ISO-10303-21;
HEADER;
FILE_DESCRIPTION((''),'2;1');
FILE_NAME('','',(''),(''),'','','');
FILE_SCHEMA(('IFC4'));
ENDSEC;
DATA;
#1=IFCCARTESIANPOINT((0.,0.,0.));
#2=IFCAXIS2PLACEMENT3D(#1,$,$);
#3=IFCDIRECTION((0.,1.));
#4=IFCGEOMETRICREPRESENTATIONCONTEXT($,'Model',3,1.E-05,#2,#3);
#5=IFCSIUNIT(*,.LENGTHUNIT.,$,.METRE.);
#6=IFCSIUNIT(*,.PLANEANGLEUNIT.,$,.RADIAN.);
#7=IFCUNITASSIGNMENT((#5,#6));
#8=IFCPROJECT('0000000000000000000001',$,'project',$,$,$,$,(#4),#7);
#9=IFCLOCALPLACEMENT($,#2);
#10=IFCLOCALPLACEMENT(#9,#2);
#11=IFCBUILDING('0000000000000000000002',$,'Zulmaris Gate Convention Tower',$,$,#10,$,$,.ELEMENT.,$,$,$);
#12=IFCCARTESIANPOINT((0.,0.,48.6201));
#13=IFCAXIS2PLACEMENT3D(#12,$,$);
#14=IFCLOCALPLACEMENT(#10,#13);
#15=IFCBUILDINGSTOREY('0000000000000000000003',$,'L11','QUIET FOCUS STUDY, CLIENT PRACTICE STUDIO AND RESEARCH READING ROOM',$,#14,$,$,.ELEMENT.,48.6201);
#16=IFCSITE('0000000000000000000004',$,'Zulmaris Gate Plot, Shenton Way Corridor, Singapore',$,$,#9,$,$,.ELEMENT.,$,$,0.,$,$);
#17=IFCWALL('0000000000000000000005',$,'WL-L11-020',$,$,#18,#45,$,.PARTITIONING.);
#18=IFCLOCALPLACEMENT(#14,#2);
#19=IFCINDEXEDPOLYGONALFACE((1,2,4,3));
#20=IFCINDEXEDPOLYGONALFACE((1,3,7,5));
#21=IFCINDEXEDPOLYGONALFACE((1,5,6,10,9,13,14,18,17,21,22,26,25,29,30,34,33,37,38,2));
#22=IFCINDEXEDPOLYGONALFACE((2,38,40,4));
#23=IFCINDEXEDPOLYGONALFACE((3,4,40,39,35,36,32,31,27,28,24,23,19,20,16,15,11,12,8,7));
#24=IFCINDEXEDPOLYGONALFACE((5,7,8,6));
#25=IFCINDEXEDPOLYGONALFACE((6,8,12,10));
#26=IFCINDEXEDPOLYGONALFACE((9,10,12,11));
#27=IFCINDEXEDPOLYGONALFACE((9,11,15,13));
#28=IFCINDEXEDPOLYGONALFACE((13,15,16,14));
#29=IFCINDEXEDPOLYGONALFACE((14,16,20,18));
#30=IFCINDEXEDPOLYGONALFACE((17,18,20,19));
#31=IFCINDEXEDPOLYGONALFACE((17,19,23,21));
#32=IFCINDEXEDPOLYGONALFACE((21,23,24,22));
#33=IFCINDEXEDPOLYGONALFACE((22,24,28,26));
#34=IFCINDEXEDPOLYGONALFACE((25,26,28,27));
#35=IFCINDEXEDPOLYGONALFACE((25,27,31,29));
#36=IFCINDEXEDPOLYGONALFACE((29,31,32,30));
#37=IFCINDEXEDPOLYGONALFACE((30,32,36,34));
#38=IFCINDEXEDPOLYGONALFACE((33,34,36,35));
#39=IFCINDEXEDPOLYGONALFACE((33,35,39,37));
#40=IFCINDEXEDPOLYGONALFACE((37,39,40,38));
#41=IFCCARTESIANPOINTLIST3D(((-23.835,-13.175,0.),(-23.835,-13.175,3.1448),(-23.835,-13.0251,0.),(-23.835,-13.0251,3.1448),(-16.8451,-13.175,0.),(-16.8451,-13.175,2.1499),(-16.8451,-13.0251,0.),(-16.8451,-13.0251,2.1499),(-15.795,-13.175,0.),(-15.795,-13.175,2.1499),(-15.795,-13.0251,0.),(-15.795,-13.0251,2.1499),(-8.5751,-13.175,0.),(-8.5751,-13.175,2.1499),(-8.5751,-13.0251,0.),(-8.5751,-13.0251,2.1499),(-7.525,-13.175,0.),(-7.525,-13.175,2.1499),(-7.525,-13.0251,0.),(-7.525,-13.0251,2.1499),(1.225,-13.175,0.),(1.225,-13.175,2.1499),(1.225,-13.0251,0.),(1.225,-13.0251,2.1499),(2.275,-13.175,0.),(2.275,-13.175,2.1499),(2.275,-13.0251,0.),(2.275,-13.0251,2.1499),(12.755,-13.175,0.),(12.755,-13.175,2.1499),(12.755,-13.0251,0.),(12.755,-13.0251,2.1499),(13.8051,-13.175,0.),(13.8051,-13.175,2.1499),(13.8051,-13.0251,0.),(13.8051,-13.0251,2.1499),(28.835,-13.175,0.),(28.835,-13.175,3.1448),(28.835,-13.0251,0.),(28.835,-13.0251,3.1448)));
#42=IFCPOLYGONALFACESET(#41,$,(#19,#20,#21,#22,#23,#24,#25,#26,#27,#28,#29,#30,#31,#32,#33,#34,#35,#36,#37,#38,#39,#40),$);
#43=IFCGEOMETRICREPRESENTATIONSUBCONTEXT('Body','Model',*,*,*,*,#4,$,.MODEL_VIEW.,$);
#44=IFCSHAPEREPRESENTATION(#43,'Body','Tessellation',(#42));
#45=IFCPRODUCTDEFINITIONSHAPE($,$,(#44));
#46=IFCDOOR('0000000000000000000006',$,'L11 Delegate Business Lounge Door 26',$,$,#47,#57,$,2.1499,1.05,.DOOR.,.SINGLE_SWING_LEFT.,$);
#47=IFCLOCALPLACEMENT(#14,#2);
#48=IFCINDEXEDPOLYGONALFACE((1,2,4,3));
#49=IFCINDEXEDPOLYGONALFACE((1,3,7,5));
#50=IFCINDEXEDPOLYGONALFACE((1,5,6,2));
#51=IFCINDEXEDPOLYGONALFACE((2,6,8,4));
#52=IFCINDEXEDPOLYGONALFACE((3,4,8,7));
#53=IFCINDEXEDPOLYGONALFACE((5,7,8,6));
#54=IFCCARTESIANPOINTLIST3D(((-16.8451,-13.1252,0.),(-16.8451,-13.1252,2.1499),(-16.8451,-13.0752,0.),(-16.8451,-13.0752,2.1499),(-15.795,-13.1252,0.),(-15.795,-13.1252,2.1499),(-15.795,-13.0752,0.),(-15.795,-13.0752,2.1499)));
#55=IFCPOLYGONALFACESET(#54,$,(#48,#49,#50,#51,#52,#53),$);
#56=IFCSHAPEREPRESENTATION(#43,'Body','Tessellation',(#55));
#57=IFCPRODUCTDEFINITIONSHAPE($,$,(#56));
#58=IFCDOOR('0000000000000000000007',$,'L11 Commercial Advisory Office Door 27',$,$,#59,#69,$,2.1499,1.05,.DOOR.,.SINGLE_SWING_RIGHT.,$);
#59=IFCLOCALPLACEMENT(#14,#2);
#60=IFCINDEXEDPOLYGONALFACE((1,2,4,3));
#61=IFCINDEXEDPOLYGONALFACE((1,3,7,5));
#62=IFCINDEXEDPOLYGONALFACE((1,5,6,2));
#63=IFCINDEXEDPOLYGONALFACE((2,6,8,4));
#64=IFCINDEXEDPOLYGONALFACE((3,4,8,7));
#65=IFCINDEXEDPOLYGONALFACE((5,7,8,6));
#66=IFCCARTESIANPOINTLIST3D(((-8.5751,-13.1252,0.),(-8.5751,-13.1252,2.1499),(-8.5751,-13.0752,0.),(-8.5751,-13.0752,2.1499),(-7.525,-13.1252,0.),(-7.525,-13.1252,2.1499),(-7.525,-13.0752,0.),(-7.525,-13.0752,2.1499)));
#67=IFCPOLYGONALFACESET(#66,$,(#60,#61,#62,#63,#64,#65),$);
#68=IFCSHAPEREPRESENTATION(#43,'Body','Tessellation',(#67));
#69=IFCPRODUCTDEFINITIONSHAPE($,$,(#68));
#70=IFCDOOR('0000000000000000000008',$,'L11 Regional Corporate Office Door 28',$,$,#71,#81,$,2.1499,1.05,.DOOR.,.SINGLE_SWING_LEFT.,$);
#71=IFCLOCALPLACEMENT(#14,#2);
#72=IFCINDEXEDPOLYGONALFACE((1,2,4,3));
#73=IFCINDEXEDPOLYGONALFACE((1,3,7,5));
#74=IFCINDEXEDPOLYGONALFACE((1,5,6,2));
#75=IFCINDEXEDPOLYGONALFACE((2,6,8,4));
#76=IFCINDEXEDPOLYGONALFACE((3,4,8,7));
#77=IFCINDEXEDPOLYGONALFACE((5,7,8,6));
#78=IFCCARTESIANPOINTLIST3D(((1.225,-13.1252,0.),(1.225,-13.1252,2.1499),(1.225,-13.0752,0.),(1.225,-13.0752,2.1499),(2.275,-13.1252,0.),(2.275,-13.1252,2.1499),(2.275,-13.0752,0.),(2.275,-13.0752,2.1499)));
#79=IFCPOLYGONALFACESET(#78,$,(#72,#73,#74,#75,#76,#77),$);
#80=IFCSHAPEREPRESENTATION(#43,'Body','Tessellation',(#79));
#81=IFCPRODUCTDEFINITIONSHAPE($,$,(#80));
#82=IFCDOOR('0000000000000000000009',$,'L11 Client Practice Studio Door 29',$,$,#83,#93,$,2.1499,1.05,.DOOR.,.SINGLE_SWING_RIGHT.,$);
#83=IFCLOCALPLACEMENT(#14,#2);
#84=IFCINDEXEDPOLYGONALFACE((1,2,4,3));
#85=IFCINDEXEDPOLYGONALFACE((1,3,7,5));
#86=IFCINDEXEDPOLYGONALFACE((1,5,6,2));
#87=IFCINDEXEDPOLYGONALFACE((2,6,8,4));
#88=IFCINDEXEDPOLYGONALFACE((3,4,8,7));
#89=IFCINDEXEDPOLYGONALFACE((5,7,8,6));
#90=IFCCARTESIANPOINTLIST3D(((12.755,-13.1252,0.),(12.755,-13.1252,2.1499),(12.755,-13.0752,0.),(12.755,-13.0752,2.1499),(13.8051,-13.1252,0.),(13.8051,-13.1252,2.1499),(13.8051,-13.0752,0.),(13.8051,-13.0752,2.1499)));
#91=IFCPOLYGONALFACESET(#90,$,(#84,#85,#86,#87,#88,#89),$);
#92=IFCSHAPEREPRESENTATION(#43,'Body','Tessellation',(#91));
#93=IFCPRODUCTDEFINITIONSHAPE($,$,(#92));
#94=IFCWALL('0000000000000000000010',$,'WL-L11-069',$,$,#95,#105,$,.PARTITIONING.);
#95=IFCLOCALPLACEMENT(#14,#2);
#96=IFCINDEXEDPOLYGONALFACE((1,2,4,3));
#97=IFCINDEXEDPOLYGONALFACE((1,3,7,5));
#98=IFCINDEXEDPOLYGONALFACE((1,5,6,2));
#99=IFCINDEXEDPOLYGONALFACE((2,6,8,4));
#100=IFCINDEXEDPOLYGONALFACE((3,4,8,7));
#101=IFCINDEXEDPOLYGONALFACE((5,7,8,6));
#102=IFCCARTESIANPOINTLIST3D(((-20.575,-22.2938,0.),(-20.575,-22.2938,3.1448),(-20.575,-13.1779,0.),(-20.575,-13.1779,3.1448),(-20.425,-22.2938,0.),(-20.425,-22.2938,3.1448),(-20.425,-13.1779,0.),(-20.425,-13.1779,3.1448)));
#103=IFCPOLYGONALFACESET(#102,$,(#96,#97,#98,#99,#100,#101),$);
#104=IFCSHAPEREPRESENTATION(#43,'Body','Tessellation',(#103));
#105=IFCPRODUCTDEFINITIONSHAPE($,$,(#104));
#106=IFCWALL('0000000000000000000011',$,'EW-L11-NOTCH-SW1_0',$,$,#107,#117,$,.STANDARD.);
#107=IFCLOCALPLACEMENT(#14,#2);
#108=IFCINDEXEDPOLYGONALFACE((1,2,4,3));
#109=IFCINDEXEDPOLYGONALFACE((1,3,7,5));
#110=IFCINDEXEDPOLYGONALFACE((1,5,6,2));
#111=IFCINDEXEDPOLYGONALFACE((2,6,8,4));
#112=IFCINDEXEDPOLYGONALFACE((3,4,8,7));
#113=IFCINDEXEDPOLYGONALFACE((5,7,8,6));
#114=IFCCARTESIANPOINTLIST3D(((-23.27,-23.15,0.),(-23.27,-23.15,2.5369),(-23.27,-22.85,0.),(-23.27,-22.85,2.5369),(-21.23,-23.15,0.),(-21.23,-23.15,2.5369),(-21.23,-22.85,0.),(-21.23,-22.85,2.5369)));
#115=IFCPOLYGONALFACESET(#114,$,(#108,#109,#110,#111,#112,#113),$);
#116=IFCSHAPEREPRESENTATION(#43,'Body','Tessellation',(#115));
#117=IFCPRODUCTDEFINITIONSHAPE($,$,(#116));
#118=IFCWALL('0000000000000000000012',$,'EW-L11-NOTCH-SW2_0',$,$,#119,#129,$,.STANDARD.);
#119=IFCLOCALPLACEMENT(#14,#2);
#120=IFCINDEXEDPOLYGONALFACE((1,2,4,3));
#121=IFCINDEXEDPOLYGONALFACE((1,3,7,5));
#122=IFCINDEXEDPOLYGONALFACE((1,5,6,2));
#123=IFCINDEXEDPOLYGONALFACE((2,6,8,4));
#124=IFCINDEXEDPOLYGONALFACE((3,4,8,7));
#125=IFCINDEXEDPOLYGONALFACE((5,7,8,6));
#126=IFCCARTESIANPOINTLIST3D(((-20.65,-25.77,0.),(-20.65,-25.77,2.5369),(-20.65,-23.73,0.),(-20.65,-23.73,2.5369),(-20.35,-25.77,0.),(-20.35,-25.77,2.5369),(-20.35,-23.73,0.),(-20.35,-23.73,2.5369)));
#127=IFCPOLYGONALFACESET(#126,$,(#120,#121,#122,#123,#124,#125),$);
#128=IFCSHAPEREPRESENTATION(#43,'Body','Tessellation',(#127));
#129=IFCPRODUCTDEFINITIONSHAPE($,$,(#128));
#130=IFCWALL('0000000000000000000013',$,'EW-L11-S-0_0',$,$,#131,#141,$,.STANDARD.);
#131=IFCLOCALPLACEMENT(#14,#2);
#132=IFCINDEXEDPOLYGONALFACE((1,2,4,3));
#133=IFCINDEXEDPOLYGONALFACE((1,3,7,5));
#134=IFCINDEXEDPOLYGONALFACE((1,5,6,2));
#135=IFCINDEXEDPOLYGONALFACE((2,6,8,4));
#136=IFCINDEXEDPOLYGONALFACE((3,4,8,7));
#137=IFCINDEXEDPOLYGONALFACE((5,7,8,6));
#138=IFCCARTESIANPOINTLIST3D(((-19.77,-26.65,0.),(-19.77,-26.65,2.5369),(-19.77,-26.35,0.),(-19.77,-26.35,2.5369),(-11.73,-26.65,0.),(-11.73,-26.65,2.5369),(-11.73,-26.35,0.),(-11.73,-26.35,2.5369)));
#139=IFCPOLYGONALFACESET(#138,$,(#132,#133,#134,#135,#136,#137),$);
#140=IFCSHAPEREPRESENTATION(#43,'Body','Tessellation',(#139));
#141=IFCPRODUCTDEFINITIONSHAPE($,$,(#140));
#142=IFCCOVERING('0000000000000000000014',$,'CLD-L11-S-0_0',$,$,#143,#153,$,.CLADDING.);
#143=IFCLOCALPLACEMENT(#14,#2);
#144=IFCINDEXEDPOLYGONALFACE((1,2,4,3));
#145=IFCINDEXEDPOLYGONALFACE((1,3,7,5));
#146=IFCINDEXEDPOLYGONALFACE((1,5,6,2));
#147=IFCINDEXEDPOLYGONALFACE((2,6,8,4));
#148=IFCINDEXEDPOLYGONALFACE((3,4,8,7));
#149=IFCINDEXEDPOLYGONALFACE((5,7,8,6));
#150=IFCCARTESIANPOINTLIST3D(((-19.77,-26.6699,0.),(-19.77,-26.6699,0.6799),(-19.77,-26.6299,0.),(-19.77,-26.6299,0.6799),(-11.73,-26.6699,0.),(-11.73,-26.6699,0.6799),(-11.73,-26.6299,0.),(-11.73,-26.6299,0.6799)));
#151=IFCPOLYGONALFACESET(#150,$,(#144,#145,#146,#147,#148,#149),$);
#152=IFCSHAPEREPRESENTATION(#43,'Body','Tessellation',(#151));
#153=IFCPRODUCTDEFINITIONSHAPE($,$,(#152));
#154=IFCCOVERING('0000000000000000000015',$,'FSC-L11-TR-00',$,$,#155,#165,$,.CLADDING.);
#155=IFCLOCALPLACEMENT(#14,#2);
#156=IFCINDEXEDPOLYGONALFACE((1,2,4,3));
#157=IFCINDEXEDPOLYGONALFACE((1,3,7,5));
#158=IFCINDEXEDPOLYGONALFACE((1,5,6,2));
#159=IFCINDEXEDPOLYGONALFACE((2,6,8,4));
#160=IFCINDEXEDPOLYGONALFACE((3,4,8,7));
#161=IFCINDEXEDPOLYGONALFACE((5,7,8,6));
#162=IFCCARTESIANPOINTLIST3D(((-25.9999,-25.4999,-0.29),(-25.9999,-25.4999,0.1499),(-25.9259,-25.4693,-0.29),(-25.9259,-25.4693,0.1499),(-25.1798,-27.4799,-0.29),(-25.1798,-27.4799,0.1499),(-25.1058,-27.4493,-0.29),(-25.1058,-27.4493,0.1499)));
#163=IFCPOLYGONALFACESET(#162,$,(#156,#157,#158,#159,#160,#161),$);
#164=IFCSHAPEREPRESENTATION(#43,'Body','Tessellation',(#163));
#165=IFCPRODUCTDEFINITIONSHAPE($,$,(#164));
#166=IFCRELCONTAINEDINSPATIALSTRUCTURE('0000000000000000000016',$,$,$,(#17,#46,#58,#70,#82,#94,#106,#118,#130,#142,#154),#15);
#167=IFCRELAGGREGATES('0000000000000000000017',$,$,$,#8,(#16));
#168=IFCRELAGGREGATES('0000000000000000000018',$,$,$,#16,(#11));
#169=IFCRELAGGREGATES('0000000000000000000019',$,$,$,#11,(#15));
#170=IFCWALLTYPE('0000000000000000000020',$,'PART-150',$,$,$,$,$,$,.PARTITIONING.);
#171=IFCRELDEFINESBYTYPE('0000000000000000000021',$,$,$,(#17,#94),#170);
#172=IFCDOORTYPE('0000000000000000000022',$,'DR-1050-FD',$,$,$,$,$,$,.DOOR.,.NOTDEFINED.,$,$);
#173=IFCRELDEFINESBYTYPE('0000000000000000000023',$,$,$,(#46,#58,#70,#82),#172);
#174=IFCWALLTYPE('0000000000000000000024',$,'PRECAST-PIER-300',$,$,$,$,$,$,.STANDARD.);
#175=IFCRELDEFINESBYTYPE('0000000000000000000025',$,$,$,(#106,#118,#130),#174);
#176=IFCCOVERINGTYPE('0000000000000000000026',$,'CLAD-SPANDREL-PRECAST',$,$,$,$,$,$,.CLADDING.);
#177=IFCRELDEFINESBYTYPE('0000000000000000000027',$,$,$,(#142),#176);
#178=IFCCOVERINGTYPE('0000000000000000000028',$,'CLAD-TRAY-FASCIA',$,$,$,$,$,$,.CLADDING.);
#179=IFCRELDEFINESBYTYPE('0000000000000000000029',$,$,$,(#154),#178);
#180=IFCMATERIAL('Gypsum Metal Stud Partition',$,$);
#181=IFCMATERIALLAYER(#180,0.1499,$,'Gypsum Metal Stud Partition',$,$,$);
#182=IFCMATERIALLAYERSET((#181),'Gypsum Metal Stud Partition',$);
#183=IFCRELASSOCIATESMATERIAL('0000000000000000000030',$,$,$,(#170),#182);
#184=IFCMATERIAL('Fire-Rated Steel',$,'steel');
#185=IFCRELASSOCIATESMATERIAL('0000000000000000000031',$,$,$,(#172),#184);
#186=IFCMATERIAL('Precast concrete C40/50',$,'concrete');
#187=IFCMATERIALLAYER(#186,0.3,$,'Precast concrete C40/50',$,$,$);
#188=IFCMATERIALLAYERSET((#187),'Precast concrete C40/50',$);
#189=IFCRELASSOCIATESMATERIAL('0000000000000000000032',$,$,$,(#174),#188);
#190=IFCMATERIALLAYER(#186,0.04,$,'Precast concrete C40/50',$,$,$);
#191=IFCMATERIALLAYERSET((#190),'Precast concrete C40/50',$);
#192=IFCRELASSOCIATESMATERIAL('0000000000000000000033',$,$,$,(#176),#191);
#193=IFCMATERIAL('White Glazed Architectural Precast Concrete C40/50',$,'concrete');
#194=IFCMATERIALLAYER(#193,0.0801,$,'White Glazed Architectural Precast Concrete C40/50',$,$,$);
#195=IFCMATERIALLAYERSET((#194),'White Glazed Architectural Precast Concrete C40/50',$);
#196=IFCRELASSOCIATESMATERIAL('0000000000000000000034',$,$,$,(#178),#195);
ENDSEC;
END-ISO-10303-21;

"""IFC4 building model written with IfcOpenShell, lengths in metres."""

from ifc_helpers import new_model, si_unit, direction, frame, frame_2d, origin, place, context, subcontext, project, spatial, rectangle, extrude, material, layer, layer_set, type_object, element, fill, save


model = new_model("IFC4")

# Units and contexts
model_context = context("Model", 3, precision=1e-05, world=origin(), true_north=direction((0.0, 1.0)))
body_context = subcontext(model_context, "Body", "Model", "MODEL_VIEW")
ifc_project = project(units=[si_unit("LENGTHUNIT", "METRE"), si_unit("PLANEANGLEUNIT", "RADIAN")], contexts=[model_context])

# Site, building, storey
site_placement = place(None, origin())
site = spatial("IfcSite", under=ifc_project, at=site_placement, Name="Zulmaris Gate Plot, Shenton Way Corridor, Singapore", CompositionType="ELEMENT", RefElevation=0.0)
building_placement = place(site_placement, origin())
building = spatial("IfcBuilding", under=site, at=building_placement, Name="Zulmaris Gate Convention Tower", CompositionType="ELEMENT")
storey_placement = place(building_placement, frame((0.0, 0.0, 48.6201)))
storey = spatial("IfcBuildingStorey", under=building, at=storey_placement, Name="L11", Description="QUIET FOCUS STUDY, CLIENT PRACTICE STUDIO AND RESEARCH READING ROOM", CompositionType="ELEMENT", Elevation=48.6201)

# Wall, openings, doors
ifc_material_1 = material(Name="Gypsum Metal Stud Partition")
ifc_layer_1 = layer(ifc_material_1, 0.1499, Name="Gypsum Metal Stud Partition")
ifc_layer_set_1 = layer_set([ifc_layer_1], Name="Gypsum Metal Stud Partition")
wall_type_1 = type_object("IfcWallType", Name="PART-150", PredefinedType="PARTITIONING", material=ifc_layer_set_1)
wall_1_placement = place(storey_placement, frame((-23.835, -13.1001, 0.0), z_axis=(0.0, 0.0, 1.0), x_axis=(1.0, 0.0, 0.0)))
wall_1 = element("IfcWall", 1, at=wall_1_placement, inside=storey, type_object=wall_type_1, Name="WL-L11-020", PredefinedType="PARTITIONING", context=body_context, shape_type="SweptSolid", body=[
    extrude(rectangle(XDim=52.6699, YDim=0.1499, at=frame_2d((26.335, 0.0))), origin(), (0.0, 0.0, 1.0), 3.1448),
])
opening_1_placement = place(wall_1_placement, frame((6.99, 0.0, 0.0)))
opening_1 = element("IfcOpeningElement", 2, at=opening_1_placement, cuts=wall_1, PredefinedType="OPENING", context=body_context, shape_type="SweptSolid", body=[
    extrude(rectangle(XDim=1.05, YDim=2.1499, at=frame_2d((0.5249, 1.075))), frame((0.0, 0.085, 0.0), z_axis=(0.0, -1.0, 0.0), x_axis=(1.0, 0.0, 0.0)), (0.0, 0.0, 1.0), 0.1699),
])
opening_2_placement = place(wall_1_placement, frame((15.26, 0.0, 0.0)))
opening_2 = element("IfcOpeningElement", 3, at=opening_2_placement, cuts=wall_1, PredefinedType="OPENING", context=body_context, shape_type="SweptSolid", body=[
    extrude(rectangle(XDim=1.05, YDim=2.1499, at=frame_2d((0.5249, 1.075))), frame((0.0, 0.085, 0.0), z_axis=(0.0, -1.0, 0.0), x_axis=(1.0, 0.0, 0.0)), (0.0, 0.0, 1.0), 0.1699),
])
opening_3_placement = place(wall_1_placement, frame((25.0601, 0.0, 0.0)))
opening_3 = element("IfcOpeningElement", 4, at=opening_3_placement, cuts=wall_1, PredefinedType="OPENING", context=body_context, shape_type="SweptSolid", body=[
    extrude(rectangle(XDim=1.05, YDim=2.1499, at=frame_2d((0.5249, 1.075))), frame((0.0, 0.085, 0.0), z_axis=(0.0, -1.0, 0.0), x_axis=(1.0, 0.0, 0.0)), (0.0, 0.0, 1.0), 0.1699),
])
opening_4_placement = place(wall_1_placement, frame((36.5901, 0.0, 0.0)))
opening_4 = element("IfcOpeningElement", 5, at=opening_4_placement, cuts=wall_1, PredefinedType="OPENING", context=body_context, shape_type="SweptSolid", body=[
    extrude(rectangle(XDim=1.05, YDim=2.1499, at=frame_2d((0.5249, 1.075))), frame((0.0, 0.085, 0.0), z_axis=(0.0, -1.0, 0.0), x_axis=(1.0, 0.0, 0.0)), (0.0, 0.0, 1.0), 0.1699),
])
ifc_material_2 = material(Name="Fire-Rated Steel", Category="steel")
door_type_1 = type_object("IfcDoorType", Name="DR-1050-FD", OperationType="NOTDEFINED", PredefinedType="DOOR", material=ifc_material_2)
door_1_placement = place(opening_1_placement, origin())
door_1 = element("IfcDoor", 6, at=door_1_placement, inside=storey, type_object=door_type_1, Name="L11 Delegate Business Lounge Door 26", OperationType="SINGLE_SWING_LEFT", OverallHeight=2.1499, OverallWidth=1.05, PredefinedType="DOOR", context=body_context, shape_type="SweptSolid", body=[
    extrude(rectangle(XDim=1.05, YDim=2.1499, at=frame_2d((0.5249, 1.075))), frame((0.0, 0.0249, 0.0), z_axis=(0.0, -1.0, 0.0), x_axis=(1.0, 0.0, 0.0)), (0.0, 0.0, 1.0), 0.05),
])
fill(opening_1, door_1)
door_2_placement = place(opening_2_placement, origin())
door_2 = element("IfcDoor", 7, at=door_2_placement, inside=storey, type_object=door_type_1, Name="L11 Commercial Advisory Office Door 27", OperationType="SINGLE_SWING_RIGHT", OverallHeight=2.1499, OverallWidth=1.05, PredefinedType="DOOR", context=body_context, shape_type="SweptSolid", body=[
    extrude(rectangle(XDim=1.05, YDim=2.1499, at=frame_2d((0.5249, 1.075))), frame((0.0, 0.0249, 0.0), z_axis=(0.0, -1.0, 0.0), x_axis=(1.0, 0.0, 0.0)), (0.0, 0.0, 1.0), 0.05),
])
fill(opening_2, door_2)
door_3_placement = place(opening_3_placement, origin())
door_3 = element("IfcDoor", 8, at=door_3_placement, inside=storey, type_object=door_type_1, Name="L11 Regional Corporate Office Door 28", OperationType="SINGLE_SWING_LEFT", OverallHeight=2.1499, OverallWidth=1.05, PredefinedType="DOOR", context=body_context, shape_type="SweptSolid", body=[
    extrude(rectangle(XDim=1.05, YDim=2.1499, at=frame_2d((0.5249, 1.075))), frame((0.0, 0.0249, 0.0), z_axis=(0.0, -1.0, 0.0), x_axis=(1.0, 0.0, 0.0)), (0.0, 0.0, 1.0), 0.05),
])
fill(opening_3, door_3)
door_4_placement = place(opening_4_placement, origin())
door_4 = element("IfcDoor", 9, at=door_4_placement, inside=storey, type_object=door_type_1, Name="L11 Client Practice Studio Door 29", OperationType="SINGLE_SWING_RIGHT", OverallHeight=2.1499, OverallWidth=1.05, PredefinedType="DOOR", context=body_context, shape_type="SweptSolid", body=[
    extrude(rectangle(XDim=1.05, YDim=2.1499, at=frame_2d((0.5249, 1.075))), frame((0.0, 0.0249, 0.0), z_axis=(0.0, -1.0, 0.0), x_axis=(1.0, 0.0, 0.0)), (0.0, 0.0, 1.0), 0.05),
])
fill(opening_4, door_4)

# Wall
wall_2_placement = place(storey_placement, frame((-20.5, -22.2939, 0.0), z_axis=(0.0, 0.0, 1.0), x_axis=(0.0, 1.0, 0.0)))
element("IfcWall", 10, at=wall_2_placement, inside=storey, type_object=wall_type_1, Name="WL-L11-069", PredefinedType="PARTITIONING", context=body_context, shape_type="SweptSolid", body=[
    extrude(rectangle(XDim=9.116, YDim=0.1499, at=frame_2d((4.5581, 0.0))), origin(), (0.0, 0.0, 1.0), 3.1448),
])

# Walls
ifc_material_3 = material(Name="Precast concrete C40/50", Category="concrete")
ifc_layer_2 = layer(ifc_material_3, 0.3, Name="Precast concrete C40/50")
ifc_layer_set_2 = layer_set([ifc_layer_2], Name="Precast concrete C40/50")
wall_type_2 = type_object("IfcWallType", Name="PRECAST-PIER-300", PredefinedType="STANDARD", material=ifc_layer_set_2)
for number, where, z_axis, x_axis, name in (
    (11, (-23.27, -23.0, 0.0), (0.0, 0.0, 1.0), (1.0, 0.0, 0.0), "EW-L11-NOTCH-SW1_0"),
    (12, (-20.5, -23.73, 0.0), (0.0, 0.0, 1.0), (0.0, -1.0, 0.0), "EW-L11-NOTCH-SW2_0"),
):
    element("IfcWall", number, at=place(storey_placement, frame(where, z_axis=z_axis, x_axis=x_axis)), inside=storey, type_object=wall_type_2, Name=name, PredefinedType="STANDARD", context=body_context, shape_type="SweptSolid", body=[
        extrude(rectangle(XDim=2.04, YDim=0.3, at=frame_2d((1.02, 0.0))), origin(), (0.0, 0.0, 1.0), 2.5369),
    ])
wall_3_placement = place(storey_placement, frame((-19.77, -26.5, 0.0), z_axis=(0.0, 0.0, 1.0), x_axis=(1.0, 0.0, 0.0)))
element("IfcWall", 13, at=wall_3_placement, inside=storey, type_object=wall_type_2, Name="EW-L11-S-0_0", PredefinedType="STANDARD", context=body_context, shape_type="SweptSolid", body=[
    extrude(rectangle(XDim=8.04, YDim=0.3, at=frame_2d((4.02, 0.0))), origin(), (0.0, 0.0, 1.0), 2.5369),
])

# Coverings
ifc_layer_3 = layer(ifc_material_3, 0.04, Name="Precast concrete C40/50")
ifc_layer_set_3 = layer_set([ifc_layer_3], Name="Precast concrete C40/50")
covering_type_1 = type_object("IfcCoveringType", Name="CLAD-SPANDREL-PRECAST", PredefinedType="CLADDING", material=ifc_layer_set_3)
covering_1_placement = place(storey_placement, frame((-19.77, -26.6499, 0.0), z_axis=(0.0, 0.0, 1.0), x_axis=(1.0, 0.0, 0.0)))
element("IfcCovering", 14, at=covering_1_placement, inside=storey, type_object=covering_type_1, Name="CLD-L11-S-0_0", PredefinedType="CLADDING", context=body_context, shape_type="SweptSolid", body=[
    extrude(rectangle(XDim=8.04, YDim=0.04, at=frame_2d((4.02, 0.0))), origin(), (0.0, 0.0, 1.0), 0.6799),
])
ifc_material_4 = material(Name="White Glazed Architectural Precast Concrete C40/50", Category="concrete")
ifc_layer_4 = layer(ifc_material_4, 0.0801, Name="White Glazed Architectural Precast Concrete C40/50")
ifc_layer_set_4 = layer_set([ifc_layer_4], Name="White Glazed Architectural Precast Concrete C40/50")
covering_type_2 = type_object("IfcCoveringType", Name="CLAD-TRAY-FASCIA", PredefinedType="CLADDING", material=ifc_layer_set_4)
covering_2_placement = place(storey_placement, frame((-25.9629, -25.4846, -0.29), z_axis=(0.0, 0.0, 1.0), x_axis=(0.382657, -0.92389, 0.0)))
element("IfcCovering", 15, at=covering_2_placement, inside=storey, type_object=covering_type_2, Name="FSC-L11-TR-00", PredefinedType="CLADDING", context=body_context, shape_type="SweptSolid", body=[
    extrude(rectangle(XDim=2.1431, YDim=0.0801, at=frame_2d((1.0715, 0.0))), origin(), (0.0, 0.0, 1.0), 0.4399),
])

save(model, "model.ifc")
